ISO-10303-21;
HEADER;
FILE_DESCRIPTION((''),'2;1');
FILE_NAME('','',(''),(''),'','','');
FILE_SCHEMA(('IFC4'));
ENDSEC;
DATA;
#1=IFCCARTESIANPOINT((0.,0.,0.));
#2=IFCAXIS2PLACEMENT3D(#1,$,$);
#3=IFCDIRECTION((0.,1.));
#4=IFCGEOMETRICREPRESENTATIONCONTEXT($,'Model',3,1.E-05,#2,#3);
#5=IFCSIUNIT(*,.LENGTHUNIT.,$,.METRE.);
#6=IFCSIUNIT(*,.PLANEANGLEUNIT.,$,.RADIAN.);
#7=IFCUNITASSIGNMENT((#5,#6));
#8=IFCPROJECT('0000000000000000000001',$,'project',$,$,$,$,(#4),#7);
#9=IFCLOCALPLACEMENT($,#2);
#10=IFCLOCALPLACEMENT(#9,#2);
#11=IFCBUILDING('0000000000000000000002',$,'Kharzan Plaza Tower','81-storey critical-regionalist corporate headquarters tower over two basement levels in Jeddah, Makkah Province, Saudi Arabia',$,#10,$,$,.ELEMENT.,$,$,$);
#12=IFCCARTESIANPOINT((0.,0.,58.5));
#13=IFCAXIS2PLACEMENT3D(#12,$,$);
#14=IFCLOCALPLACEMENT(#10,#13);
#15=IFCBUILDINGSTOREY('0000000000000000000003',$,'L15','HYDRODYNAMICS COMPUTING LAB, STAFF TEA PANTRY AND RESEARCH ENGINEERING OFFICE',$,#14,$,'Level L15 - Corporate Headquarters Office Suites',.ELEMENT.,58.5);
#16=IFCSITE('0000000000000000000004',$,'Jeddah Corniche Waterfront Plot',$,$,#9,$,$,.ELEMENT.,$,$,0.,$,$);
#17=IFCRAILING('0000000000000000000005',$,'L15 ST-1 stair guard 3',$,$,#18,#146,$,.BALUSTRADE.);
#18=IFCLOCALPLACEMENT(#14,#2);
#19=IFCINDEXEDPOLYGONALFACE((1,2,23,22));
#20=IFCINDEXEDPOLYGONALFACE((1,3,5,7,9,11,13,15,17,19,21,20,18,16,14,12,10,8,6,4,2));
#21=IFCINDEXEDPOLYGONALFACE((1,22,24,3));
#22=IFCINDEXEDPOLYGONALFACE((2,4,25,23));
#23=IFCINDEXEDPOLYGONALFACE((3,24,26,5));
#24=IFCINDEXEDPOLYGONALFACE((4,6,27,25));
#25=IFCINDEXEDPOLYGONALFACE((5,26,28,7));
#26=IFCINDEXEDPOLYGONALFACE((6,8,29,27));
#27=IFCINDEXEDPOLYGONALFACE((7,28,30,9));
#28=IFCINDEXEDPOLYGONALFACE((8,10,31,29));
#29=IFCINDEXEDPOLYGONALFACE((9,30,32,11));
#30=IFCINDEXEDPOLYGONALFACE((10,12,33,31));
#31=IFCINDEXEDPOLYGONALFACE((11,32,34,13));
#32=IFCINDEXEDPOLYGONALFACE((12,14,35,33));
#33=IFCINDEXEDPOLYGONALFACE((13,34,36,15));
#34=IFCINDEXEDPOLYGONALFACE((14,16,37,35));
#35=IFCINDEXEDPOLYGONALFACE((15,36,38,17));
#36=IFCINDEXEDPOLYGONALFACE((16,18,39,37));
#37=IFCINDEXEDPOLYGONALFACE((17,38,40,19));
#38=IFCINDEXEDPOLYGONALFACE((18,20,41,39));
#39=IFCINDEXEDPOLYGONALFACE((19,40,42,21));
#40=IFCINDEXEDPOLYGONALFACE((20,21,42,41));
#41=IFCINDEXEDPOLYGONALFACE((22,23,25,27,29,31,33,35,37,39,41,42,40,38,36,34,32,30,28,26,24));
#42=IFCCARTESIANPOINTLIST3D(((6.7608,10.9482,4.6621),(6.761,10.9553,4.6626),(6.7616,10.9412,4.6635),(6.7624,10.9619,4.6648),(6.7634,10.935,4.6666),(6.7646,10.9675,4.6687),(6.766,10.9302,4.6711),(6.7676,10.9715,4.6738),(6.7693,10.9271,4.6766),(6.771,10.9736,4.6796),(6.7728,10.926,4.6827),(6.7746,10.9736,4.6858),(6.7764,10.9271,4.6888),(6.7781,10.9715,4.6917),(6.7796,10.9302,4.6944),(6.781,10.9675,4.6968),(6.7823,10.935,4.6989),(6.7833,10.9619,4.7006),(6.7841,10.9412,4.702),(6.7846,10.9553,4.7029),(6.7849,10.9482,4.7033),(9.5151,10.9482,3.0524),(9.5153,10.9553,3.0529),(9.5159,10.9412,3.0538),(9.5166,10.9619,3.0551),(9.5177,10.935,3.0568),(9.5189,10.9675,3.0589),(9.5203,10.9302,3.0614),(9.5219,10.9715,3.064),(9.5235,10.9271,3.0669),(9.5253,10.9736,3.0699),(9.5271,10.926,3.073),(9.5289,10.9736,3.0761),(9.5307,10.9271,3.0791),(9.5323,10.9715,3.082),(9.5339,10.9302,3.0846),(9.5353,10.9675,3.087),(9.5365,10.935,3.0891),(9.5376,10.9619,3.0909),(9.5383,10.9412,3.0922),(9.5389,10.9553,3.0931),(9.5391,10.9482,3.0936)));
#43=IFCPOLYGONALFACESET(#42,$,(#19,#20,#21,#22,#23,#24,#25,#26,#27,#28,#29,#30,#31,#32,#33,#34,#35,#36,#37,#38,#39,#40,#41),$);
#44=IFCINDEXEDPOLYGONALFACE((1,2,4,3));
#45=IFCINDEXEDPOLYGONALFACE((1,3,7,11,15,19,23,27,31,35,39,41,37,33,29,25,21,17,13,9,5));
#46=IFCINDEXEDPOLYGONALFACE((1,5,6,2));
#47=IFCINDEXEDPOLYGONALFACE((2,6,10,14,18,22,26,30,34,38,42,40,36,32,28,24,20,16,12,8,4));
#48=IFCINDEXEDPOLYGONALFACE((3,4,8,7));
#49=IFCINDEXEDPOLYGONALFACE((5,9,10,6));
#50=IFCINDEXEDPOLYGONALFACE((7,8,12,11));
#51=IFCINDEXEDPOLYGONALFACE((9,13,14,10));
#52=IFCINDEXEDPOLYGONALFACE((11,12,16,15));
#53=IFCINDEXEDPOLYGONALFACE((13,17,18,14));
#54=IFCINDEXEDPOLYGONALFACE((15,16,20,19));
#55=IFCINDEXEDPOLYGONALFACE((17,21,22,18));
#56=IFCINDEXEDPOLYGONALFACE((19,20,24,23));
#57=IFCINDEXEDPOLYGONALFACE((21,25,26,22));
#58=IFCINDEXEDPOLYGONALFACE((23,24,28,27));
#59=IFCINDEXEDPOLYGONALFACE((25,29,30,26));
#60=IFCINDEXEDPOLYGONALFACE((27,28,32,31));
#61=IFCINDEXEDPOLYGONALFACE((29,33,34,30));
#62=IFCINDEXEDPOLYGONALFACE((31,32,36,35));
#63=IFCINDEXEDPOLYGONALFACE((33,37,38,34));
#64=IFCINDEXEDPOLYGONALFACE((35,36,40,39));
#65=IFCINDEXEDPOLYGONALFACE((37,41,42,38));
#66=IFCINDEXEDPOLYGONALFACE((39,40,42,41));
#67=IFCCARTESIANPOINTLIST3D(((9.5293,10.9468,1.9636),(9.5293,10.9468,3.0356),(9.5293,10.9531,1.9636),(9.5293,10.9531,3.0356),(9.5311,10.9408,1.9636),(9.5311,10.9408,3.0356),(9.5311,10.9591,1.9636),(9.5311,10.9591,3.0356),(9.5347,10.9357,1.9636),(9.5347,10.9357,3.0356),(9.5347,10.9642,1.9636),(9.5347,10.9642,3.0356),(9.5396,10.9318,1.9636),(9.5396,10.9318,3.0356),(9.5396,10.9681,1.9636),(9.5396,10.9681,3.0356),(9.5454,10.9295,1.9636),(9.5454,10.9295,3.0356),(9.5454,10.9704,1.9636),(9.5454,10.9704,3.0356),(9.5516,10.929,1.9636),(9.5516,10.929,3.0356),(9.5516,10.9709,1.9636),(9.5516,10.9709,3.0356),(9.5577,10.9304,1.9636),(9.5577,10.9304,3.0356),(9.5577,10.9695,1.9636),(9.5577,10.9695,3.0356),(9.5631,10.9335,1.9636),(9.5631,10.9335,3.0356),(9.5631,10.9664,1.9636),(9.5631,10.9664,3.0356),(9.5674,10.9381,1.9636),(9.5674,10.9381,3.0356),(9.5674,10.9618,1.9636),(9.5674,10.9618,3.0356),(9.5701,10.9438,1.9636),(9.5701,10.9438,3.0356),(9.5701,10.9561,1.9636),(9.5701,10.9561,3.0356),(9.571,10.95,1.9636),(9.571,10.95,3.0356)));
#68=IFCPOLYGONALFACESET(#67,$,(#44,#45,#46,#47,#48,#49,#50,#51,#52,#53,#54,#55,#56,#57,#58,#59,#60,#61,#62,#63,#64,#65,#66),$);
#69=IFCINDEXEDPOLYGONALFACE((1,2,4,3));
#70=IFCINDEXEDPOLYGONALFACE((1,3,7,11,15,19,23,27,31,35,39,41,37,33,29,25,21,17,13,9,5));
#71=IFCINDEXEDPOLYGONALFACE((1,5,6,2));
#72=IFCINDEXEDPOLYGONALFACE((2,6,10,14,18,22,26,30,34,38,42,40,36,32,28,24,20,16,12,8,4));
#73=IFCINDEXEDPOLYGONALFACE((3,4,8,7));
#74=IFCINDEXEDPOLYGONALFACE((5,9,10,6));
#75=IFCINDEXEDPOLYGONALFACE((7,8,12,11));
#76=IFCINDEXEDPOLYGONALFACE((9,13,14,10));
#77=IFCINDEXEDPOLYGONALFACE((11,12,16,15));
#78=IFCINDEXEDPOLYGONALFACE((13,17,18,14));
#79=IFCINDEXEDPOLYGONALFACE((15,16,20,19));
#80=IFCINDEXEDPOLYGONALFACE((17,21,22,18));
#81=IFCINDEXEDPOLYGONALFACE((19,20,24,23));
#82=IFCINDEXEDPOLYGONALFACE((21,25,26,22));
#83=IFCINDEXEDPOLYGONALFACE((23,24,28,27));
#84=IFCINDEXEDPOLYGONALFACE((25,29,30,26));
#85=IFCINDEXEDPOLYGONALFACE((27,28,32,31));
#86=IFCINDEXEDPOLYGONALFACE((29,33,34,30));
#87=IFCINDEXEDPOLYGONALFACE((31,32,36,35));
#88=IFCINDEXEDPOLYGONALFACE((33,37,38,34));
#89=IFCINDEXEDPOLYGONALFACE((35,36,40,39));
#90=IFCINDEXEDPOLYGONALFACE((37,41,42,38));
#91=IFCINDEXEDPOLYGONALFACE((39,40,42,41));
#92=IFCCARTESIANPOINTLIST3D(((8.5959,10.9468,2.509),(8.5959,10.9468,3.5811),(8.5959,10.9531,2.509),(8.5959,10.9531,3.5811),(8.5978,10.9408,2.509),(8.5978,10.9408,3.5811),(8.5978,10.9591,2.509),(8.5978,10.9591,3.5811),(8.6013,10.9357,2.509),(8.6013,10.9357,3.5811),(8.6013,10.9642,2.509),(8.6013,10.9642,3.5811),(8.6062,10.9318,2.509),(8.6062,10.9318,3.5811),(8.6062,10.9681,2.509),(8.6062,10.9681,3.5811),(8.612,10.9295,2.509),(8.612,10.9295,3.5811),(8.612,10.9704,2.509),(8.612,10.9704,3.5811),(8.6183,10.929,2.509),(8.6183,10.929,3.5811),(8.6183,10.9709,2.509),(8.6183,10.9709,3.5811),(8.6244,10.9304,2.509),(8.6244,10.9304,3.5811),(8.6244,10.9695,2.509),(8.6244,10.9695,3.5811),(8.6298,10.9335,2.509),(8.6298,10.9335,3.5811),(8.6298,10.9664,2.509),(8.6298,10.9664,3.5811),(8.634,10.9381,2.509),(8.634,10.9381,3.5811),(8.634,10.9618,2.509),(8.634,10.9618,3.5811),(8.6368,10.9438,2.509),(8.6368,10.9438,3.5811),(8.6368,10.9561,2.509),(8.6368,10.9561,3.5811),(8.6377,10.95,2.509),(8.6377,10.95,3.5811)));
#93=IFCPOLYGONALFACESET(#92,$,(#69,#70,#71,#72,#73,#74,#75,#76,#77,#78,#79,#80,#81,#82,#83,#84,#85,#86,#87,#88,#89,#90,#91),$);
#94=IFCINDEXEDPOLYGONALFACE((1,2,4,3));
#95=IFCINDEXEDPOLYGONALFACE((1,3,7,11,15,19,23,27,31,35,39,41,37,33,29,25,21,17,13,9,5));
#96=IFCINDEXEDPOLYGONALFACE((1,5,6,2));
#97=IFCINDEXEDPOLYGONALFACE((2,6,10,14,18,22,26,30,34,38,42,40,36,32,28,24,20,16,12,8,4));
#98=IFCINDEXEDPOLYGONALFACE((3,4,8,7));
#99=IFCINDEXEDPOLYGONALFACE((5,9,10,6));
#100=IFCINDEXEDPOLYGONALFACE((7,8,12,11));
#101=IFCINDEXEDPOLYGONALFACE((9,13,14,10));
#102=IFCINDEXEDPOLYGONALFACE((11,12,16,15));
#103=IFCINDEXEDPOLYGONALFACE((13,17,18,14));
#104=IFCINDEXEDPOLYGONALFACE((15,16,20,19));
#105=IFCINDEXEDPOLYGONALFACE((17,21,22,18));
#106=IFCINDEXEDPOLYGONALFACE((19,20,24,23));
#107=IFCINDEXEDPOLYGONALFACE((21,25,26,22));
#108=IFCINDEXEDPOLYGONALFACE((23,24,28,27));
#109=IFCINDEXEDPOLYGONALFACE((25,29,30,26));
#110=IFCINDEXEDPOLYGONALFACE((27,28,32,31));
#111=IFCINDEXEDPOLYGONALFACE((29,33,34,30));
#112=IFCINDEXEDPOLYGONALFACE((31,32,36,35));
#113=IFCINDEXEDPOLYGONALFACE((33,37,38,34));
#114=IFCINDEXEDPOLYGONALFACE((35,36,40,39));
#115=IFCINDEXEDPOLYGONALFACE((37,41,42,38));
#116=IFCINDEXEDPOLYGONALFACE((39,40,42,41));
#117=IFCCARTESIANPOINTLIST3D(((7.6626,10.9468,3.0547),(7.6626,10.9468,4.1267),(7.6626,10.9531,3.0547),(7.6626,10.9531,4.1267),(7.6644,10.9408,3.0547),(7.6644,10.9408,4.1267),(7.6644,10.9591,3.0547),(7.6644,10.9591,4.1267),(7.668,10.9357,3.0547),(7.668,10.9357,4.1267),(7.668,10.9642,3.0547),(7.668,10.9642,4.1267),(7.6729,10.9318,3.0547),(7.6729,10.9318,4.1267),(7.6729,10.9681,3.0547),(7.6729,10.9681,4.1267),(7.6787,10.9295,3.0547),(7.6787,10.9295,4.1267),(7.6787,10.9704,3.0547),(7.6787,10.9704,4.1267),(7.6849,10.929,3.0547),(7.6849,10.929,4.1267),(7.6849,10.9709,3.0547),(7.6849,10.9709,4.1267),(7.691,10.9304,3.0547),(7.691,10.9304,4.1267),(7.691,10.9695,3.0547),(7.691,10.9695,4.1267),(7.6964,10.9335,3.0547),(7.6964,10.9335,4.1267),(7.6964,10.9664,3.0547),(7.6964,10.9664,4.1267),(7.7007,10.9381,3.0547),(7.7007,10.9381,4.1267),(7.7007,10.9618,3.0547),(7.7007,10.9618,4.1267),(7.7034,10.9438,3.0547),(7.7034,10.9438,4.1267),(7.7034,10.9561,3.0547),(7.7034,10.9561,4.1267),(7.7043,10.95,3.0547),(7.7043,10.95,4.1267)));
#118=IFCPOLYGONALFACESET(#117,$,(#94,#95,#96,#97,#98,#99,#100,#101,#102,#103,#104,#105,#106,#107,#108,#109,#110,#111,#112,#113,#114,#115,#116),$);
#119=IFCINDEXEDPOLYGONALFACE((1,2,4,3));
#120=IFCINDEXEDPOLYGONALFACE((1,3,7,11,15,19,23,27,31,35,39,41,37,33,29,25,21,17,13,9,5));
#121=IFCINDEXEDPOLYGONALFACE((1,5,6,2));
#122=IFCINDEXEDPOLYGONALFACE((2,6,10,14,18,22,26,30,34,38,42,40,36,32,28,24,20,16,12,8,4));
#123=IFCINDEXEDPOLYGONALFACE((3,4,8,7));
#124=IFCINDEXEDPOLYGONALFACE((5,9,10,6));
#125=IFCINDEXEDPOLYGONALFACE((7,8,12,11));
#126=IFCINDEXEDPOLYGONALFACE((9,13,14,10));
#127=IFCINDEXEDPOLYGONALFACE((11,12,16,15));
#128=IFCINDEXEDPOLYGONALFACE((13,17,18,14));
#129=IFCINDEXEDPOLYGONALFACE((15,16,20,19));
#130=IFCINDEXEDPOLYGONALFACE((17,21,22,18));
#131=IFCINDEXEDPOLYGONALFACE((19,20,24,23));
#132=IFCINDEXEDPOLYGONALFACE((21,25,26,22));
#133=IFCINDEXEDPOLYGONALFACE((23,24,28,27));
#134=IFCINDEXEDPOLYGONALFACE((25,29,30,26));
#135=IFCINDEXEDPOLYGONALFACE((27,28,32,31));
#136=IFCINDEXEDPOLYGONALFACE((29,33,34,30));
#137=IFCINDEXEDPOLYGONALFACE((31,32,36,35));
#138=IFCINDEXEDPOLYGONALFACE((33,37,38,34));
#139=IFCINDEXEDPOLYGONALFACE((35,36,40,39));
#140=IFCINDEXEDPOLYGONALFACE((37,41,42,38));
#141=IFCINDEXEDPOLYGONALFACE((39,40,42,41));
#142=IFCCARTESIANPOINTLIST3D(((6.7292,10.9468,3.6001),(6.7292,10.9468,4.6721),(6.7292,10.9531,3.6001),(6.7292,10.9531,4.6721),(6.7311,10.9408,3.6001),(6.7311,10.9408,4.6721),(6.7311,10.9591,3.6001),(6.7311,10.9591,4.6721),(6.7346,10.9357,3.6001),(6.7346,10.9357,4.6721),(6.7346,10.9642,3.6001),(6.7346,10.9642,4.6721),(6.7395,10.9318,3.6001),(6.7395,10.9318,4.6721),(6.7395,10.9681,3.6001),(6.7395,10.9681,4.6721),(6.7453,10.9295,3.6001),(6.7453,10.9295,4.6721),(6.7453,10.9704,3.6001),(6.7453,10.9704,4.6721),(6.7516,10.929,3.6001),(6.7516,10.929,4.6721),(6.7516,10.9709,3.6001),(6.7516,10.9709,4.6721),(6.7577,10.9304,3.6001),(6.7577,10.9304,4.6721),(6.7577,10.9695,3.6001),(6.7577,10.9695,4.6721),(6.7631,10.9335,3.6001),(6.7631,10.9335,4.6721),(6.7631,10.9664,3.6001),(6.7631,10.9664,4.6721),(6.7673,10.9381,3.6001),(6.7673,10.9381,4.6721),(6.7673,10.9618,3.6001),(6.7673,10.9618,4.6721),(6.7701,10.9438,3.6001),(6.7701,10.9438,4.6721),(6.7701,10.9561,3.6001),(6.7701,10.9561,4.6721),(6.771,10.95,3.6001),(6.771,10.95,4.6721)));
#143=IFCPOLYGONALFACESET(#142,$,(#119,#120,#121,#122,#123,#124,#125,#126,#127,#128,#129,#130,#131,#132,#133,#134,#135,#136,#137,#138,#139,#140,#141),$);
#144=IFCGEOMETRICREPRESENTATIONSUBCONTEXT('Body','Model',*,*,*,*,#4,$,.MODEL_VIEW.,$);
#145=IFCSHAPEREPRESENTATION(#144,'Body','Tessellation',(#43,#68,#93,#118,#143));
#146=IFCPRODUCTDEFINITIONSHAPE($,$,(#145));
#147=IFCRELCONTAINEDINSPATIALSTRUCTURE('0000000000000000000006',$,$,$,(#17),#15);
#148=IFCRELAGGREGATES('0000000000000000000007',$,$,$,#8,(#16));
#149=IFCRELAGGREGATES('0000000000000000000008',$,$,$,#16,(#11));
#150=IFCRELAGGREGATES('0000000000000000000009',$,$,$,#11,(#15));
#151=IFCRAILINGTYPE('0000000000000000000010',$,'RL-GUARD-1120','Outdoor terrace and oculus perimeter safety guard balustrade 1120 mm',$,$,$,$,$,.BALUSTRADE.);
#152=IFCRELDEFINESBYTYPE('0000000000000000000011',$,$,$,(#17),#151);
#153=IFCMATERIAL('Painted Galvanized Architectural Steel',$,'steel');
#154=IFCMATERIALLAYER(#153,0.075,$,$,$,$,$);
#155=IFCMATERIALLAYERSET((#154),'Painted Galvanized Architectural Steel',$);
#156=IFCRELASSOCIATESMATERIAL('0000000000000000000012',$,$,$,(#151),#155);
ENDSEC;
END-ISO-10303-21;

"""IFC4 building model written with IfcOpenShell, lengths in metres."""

from ifc_helpers import new_model, si_unit, direction, frame, origin, origin_2d, place, context, subcontext, project, spatial, circle, extrude, source, transform, mapped, material, layer, layer_set, type_object, element, save


model = new_model("IFC4")

# Units and contexts
model_context = context("Model", 3, precision=1e-05, world=origin(), true_north=direction((0.0, 1.0)))
body_context = subcontext(model_context, "Body", "Model", "MODEL_VIEW")
ifc_project = project(units=[si_unit("LENGTHUNIT", "METRE"), si_unit("PLANEANGLEUNIT", "RADIAN")], contexts=[model_context])

# Site, building, storey
site_placement = place(None, origin())
site = spatial("IfcSite", under=ifc_project, at=site_placement, Name="Jeddah Corniche Waterfront Plot", CompositionType="ELEMENT", RefElevation=0.0)
building_placement = place(site_placement, origin())
building = spatial("IfcBuilding", under=site, at=building_placement, Name="Kharzan Plaza Tower", Description="81-storey critical-regionalist corporate headquarters tower over two basement levels in Jeddah, Makkah Province, Saudi Arabia", CompositionType="ELEMENT")
storey_placement = place(building_placement, frame((0.0, 0.0, 58.5)))
storey = spatial("IfcBuildingStorey", under=building, at=storey_placement, Name="L15", Description="HYDRODYNAMICS COMPUTING LAB, STAFF TEA PANTRY AND RESEARCH ENGINEERING OFFICE", LongName="Level L15 - Corporate Headquarters Office Suites", CompositionType="ELEMENT", Elevation=58.5)

# Railing
ifc_material_1 = material(Name="Painted Galvanized Architectural Steel", Category="steel")
ifc_layer_1 = layer(ifc_material_1, 0.075)
ifc_layer_set_1 = layer_set([ifc_layer_1], Name="Painted Galvanized Architectural Steel")
railing_type_1 = type_object("IfcRailingType", Name="RL-GUARD-1120", Description="Outdoor terrace and oculus perimeter safety guard balustrade 1120 mm", PredefinedType="BALUSTRADE", material=ifc_layer_set_1)
shared_shape_1 = source(origin(), body_context, "Body", "SweptSolid", [
    extrude(circle(Radius=0.0239, at=origin_2d()), frame((-0.0229, 0.0, 1.1094), z_axis=(-0.863361, 0.0, 0.504587), x_axis=(0.0, -1.0, 0.0)), (0.0, 0.0, 1.0), 3.1902),
    extrude(circle(Radius=0.021, at=origin_2d()), origin(), (0.0, 0.0, 1.0), 1.072),
    extrude(circle(Radius=0.021, at=origin_2d()), frame((-0.9333, 0.0, 0.5454)), (0.0, 0.0, 1.0), 1.072),
    extrude(circle(Radius=0.021, at=origin_2d()), frame((-1.8667, 0.0, 1.0911)), (0.0, 0.0, 1.0), 1.072),
    extrude(circle(Radius=0.021, at=origin_2d()), frame((-2.8, 0.0, 1.6365)), (0.0, 0.0, 1.0), 1.072),
])
railing_1_placement = place(storey_placement, frame((9.55, 10.95, 1.9636)))
element("IfcRailing", 1, at=railing_1_placement, inside=storey, type_object=railing_type_1, Name="L15 ST-1 stair guard 3", PredefinedType="BALUSTRADE", context=body_context, shape_type="MappedRepresentation", body=[
    mapped(shared_shape_1, transform((0.0, 0.0, 0.0), x_axis=(1.0, 0.0, 0.0), y_axis=(0.0, 1.0, 0.0), z_axis=(0.0, 0.0, 1.0))),
])

save(model, "model.ifc")
